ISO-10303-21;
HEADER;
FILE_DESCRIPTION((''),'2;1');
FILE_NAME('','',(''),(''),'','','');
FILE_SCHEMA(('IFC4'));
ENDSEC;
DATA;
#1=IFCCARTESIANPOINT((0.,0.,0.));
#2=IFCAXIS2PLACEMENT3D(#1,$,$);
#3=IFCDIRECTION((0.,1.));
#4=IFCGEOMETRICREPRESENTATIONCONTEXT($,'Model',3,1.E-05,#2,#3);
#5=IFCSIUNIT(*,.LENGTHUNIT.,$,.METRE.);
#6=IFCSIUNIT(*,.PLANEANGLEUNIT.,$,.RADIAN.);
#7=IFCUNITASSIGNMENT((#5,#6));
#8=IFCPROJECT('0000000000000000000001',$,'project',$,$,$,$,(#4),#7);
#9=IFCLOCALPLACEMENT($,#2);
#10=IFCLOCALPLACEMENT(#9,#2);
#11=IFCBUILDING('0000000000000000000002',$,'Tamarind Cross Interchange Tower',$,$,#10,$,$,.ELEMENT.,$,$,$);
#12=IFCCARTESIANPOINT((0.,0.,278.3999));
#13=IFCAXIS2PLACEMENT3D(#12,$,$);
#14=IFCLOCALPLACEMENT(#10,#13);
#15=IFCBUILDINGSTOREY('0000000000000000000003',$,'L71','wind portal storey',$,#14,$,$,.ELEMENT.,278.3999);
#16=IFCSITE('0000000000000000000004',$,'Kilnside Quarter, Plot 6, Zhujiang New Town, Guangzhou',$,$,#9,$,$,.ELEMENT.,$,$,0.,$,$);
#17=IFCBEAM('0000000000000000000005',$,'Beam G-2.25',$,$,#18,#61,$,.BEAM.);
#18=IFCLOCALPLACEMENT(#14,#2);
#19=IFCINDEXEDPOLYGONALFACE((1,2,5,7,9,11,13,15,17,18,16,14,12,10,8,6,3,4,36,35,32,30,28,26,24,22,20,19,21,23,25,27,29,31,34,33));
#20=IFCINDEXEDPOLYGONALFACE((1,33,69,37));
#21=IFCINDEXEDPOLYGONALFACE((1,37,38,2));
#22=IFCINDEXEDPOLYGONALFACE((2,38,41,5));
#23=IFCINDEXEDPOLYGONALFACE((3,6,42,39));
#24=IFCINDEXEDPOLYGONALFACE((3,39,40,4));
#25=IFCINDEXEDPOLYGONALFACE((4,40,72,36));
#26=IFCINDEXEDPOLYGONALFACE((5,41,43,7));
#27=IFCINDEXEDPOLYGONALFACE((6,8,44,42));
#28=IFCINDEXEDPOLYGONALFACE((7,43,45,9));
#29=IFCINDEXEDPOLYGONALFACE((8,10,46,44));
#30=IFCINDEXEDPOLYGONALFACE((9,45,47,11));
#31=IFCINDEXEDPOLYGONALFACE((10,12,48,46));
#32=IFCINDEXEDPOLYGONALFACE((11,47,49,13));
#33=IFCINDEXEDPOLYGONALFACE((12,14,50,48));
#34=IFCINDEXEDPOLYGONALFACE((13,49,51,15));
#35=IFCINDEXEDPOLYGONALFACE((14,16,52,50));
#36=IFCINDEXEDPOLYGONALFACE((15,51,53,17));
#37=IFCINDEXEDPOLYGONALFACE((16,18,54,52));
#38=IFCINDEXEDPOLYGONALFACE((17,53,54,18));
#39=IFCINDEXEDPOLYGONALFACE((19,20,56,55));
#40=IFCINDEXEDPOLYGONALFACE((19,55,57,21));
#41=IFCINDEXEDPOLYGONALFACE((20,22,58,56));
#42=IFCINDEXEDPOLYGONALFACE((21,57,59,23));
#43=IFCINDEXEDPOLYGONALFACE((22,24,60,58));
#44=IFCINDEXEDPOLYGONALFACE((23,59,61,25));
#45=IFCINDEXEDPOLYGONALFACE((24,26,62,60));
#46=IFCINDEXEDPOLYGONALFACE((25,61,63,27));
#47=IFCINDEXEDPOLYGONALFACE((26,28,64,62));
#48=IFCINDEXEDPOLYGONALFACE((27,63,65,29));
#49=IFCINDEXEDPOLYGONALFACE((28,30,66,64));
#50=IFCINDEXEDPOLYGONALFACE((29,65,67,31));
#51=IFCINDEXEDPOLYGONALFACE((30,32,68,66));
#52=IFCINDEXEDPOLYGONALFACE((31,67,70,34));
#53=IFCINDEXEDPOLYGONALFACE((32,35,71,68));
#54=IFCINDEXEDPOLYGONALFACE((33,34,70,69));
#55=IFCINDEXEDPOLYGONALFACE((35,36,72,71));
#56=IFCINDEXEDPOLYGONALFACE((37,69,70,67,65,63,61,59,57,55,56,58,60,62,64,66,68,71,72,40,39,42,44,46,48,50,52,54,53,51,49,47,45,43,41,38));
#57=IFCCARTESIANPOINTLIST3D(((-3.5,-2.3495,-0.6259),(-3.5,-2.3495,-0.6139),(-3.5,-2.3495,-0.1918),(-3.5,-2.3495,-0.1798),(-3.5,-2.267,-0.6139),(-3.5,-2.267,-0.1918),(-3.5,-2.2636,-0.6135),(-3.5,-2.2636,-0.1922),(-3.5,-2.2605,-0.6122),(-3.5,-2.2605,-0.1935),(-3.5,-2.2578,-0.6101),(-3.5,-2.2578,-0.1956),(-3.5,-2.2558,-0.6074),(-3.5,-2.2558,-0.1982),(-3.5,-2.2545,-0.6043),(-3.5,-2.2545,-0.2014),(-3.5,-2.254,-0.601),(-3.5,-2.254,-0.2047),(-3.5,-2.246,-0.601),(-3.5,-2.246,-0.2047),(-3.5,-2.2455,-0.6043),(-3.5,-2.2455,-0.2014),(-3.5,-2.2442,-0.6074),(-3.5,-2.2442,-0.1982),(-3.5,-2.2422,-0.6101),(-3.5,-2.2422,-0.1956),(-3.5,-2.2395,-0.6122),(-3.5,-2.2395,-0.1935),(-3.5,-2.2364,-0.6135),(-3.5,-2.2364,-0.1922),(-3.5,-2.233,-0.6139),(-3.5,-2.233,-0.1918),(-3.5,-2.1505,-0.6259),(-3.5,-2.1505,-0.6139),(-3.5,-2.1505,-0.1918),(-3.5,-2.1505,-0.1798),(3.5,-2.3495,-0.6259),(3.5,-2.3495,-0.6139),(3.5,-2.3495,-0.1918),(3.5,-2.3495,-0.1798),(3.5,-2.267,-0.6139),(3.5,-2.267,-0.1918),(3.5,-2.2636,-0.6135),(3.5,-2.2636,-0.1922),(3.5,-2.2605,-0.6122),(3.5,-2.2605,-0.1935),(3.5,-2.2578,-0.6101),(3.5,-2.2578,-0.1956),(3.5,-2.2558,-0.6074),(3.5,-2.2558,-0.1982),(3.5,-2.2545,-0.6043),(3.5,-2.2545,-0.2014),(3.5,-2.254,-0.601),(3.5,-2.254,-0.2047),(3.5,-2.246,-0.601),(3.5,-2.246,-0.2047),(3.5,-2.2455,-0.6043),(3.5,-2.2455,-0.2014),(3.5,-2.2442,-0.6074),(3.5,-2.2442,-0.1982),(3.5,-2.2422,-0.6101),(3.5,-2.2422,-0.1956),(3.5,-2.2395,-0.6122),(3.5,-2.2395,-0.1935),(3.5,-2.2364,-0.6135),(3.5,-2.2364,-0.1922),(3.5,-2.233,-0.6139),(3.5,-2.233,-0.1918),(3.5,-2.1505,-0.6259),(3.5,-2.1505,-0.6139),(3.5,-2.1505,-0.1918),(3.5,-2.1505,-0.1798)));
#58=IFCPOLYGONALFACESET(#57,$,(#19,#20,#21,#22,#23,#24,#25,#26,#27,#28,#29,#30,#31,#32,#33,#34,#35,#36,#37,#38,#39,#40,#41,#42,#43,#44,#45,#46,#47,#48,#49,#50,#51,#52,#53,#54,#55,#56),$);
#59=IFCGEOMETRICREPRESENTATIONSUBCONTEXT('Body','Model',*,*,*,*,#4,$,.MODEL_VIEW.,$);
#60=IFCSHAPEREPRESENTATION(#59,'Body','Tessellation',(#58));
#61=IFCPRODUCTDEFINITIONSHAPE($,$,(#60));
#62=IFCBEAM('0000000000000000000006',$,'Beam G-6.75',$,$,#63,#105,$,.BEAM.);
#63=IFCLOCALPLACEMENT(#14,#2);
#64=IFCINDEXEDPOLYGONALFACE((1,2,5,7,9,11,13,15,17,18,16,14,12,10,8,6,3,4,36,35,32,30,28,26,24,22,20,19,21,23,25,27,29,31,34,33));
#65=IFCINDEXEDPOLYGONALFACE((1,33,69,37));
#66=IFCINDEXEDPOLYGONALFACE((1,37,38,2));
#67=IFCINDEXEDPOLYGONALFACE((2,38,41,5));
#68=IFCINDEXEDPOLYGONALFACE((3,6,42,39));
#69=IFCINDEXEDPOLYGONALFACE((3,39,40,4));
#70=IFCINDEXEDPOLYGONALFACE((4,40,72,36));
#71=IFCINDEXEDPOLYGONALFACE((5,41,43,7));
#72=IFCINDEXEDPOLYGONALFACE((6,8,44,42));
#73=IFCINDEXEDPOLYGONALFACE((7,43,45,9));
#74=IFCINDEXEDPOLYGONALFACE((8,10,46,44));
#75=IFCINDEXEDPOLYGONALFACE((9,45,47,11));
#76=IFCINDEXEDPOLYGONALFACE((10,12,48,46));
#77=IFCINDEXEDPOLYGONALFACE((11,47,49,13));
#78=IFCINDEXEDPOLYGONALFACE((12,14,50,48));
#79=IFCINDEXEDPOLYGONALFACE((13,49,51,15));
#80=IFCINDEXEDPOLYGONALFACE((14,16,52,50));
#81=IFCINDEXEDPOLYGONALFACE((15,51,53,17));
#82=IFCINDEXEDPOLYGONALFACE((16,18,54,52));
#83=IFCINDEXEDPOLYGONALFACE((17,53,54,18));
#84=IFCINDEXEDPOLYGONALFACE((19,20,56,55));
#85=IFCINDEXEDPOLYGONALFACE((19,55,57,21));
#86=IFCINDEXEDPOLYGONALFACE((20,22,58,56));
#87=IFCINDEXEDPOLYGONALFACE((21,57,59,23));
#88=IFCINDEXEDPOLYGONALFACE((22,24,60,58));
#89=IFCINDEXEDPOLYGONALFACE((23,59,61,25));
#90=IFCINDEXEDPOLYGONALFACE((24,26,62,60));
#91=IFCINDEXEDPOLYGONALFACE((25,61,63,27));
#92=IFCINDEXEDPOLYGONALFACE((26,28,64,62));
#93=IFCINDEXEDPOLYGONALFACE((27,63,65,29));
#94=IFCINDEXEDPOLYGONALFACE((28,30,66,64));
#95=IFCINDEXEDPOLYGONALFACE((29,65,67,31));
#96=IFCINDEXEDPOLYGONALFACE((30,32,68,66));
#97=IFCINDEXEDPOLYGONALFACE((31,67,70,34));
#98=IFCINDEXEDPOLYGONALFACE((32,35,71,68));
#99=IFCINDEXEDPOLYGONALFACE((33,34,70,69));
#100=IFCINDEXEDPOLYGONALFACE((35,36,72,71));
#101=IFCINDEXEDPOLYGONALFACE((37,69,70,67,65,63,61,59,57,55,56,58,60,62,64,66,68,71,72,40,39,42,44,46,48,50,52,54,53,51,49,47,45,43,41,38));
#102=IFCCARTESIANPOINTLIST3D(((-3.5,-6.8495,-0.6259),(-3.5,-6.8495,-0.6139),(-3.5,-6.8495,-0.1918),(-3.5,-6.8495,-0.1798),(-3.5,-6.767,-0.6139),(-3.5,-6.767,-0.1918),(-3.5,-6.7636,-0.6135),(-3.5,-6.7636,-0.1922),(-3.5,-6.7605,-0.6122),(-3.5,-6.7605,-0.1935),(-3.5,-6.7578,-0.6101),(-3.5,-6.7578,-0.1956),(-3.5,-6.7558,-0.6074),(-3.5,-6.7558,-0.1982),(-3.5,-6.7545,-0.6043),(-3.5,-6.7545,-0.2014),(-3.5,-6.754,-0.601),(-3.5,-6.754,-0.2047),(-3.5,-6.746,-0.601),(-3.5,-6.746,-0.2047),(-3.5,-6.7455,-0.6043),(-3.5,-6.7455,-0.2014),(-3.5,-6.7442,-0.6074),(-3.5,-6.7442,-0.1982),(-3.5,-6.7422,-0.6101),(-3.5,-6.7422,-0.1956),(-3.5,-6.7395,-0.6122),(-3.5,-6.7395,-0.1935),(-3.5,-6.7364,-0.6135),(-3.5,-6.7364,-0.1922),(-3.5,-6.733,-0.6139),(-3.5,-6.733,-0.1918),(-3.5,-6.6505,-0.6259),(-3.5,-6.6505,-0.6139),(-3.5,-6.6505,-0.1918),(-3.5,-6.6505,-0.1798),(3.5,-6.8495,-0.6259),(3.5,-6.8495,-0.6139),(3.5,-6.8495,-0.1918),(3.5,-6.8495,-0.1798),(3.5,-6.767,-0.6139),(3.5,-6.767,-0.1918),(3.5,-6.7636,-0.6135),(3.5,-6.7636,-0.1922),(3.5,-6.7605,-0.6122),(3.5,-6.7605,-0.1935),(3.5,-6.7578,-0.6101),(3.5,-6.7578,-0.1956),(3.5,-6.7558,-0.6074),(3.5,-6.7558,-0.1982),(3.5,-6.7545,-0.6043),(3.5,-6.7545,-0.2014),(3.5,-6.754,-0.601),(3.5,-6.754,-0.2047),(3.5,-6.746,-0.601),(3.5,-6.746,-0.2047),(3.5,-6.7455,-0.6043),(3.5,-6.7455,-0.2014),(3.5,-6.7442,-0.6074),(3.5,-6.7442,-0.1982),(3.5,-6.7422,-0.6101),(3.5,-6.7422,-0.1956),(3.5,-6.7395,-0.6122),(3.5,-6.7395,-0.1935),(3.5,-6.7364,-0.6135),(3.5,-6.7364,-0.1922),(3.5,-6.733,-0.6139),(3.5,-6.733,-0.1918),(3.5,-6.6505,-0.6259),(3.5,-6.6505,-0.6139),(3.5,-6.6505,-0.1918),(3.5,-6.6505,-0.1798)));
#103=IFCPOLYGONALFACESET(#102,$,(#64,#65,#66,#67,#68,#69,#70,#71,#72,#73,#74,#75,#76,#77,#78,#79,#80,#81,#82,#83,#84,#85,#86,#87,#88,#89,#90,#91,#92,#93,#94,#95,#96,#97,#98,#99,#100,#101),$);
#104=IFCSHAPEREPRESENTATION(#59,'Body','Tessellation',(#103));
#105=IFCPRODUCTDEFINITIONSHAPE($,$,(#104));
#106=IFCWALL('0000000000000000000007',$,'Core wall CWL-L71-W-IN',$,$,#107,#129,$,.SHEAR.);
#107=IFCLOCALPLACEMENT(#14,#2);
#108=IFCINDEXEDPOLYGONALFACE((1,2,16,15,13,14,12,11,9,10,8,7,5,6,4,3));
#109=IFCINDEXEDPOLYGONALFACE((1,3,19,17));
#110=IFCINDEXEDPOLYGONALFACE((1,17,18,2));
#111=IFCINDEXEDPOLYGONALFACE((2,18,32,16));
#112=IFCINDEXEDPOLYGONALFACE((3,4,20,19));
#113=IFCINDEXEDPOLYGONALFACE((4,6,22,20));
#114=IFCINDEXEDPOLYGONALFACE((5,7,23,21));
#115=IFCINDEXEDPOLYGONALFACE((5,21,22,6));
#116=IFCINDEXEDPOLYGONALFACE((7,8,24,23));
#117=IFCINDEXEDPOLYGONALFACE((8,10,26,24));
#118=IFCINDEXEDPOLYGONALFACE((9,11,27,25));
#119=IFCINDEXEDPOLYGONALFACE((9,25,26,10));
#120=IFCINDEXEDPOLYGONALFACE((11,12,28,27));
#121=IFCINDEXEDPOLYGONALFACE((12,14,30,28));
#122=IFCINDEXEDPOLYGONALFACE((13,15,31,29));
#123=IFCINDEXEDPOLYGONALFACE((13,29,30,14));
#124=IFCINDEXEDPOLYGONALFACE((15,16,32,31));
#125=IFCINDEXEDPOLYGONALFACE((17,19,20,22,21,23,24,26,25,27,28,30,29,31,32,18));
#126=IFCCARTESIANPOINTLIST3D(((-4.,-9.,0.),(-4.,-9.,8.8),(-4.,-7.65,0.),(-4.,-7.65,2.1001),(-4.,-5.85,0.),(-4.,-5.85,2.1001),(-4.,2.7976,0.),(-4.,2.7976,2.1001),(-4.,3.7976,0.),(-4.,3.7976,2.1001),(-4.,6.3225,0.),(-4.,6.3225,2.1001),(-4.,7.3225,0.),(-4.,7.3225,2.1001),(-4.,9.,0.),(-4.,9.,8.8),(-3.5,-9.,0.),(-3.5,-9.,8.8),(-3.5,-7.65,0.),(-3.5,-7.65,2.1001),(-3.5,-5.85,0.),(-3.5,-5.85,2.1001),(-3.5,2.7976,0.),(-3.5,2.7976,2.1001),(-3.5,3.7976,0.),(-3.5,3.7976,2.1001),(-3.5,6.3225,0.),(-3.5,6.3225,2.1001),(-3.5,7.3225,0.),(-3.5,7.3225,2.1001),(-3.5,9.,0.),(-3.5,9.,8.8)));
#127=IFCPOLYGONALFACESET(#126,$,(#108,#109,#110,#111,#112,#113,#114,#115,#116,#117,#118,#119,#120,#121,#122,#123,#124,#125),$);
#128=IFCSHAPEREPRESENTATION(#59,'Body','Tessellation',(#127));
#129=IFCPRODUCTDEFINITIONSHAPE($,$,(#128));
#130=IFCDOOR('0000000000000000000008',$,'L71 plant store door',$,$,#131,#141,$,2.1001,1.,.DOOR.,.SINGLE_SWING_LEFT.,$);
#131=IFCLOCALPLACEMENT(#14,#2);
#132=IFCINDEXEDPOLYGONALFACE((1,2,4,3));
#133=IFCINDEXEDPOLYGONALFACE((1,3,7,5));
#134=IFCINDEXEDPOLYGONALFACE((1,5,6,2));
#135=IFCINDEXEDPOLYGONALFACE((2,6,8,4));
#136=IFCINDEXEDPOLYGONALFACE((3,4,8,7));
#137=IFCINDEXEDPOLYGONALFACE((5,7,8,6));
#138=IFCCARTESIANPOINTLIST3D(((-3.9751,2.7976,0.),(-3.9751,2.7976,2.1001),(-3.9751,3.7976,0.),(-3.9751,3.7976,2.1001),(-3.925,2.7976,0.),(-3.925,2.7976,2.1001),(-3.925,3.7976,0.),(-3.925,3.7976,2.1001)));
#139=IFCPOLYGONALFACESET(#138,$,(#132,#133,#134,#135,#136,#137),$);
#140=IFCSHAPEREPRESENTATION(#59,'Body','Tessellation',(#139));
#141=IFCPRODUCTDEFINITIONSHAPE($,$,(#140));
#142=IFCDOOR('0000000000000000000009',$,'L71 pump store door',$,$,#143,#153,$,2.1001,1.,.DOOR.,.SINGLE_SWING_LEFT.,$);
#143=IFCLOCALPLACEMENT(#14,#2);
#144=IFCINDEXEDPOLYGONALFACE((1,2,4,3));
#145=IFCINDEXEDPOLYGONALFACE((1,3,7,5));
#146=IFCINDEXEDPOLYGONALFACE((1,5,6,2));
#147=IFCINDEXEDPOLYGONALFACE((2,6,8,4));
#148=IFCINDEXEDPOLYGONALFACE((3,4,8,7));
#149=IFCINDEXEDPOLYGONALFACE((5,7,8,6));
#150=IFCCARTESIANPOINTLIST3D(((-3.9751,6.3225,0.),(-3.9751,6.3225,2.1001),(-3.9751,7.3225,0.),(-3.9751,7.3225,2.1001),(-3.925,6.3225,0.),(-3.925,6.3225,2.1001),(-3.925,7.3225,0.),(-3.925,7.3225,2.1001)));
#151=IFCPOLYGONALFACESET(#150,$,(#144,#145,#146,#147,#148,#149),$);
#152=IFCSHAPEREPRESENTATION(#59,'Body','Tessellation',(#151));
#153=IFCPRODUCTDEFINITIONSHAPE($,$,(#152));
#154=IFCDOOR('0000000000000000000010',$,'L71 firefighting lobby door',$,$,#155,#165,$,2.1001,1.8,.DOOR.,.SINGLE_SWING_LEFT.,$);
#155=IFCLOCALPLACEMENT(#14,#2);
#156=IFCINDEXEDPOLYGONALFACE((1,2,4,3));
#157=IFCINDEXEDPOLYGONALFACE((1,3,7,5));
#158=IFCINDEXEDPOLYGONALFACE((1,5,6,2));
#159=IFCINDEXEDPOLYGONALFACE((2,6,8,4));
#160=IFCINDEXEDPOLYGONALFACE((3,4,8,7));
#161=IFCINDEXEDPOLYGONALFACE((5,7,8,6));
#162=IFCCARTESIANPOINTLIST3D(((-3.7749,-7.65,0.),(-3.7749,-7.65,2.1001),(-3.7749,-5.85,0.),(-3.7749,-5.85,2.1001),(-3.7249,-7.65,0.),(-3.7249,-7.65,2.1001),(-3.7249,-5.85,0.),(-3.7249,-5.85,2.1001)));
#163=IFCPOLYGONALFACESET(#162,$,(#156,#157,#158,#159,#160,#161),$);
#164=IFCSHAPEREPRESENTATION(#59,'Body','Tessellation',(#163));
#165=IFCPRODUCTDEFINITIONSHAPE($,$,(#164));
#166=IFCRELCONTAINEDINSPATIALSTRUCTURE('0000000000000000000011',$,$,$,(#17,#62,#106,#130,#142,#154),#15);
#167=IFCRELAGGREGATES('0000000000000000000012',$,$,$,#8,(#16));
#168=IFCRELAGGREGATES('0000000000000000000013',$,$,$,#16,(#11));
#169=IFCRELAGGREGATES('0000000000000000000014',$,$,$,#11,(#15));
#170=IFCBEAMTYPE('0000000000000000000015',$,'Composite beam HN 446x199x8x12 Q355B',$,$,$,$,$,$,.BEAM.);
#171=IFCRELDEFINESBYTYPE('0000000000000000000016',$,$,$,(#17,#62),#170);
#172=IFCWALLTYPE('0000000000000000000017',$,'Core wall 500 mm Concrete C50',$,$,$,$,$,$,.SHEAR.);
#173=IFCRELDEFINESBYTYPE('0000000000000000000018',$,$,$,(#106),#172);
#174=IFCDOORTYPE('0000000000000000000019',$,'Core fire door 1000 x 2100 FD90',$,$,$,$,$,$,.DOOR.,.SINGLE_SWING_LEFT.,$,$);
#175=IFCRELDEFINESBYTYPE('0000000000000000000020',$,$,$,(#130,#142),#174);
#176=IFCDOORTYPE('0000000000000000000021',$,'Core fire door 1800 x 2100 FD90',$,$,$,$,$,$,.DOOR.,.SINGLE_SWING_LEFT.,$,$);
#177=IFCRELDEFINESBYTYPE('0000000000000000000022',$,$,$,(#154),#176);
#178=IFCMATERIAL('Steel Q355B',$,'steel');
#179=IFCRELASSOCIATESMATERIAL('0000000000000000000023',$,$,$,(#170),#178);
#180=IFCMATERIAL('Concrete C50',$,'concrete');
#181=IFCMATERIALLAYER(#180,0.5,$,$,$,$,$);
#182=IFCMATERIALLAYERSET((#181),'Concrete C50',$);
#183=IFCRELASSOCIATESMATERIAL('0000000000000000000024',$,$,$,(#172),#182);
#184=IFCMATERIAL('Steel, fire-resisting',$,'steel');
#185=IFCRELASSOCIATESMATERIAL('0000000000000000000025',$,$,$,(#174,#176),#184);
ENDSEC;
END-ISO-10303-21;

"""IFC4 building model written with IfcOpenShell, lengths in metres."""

from ifc_helpers import new_model, si_unit, direction, frame, frame_2d, origin, origin_2d, place, context, subcontext, project, spatial, rectangle, i_section, extrude, material, layer, layer_set, material_profile, profile_set, type_object, element, fill, save


model = new_model("IFC4")

# Units and contexts
model_context = context("Model", 3, precision=1e-05, world=origin(), true_north=direction((0.0, 1.0)))
body_context = subcontext(model_context, "Body", "Model", "MODEL_VIEW")
ifc_project = project(units=[si_unit("LENGTHUNIT", "METRE"), si_unit("PLANEANGLEUNIT", "RADIAN")], contexts=[model_context])

# Site, building, storey
site_placement = place(None, origin())
site = spatial("IfcSite", under=ifc_project, at=site_placement, Name="Kilnside Quarter, Plot 6, Zhujiang New Town, Guangzhou", CompositionType="ELEMENT", RefElevation=0.0)
building_placement = place(site_placement, origin())
building = spatial("IfcBuilding", under=site, at=building_placement, Name="Tamarind Cross Interchange Tower", CompositionType="ELEMENT")
storey_placement = place(building_placement, frame((0.0, 0.0, 278.3999)))
storey = spatial("IfcBuildingStorey", under=building, at=storey_placement, Name="L71", Description="wind portal storey", CompositionType="ELEMENT", Elevation=278.3999)

# Beams
ifc_material_1 = material(Name="Steel Q355B", Category="steel")
ifc_material_profile = material_profile(ifc_material_1, i_section(OverallWidth=0.199, OverallDepth=0.446, WebThickness=0.0081, FlangeThickness=0.012, FilletRadius=0.0129, at=origin_2d()), Name="HN 446x199x8x12")
ifc_profile_set = profile_set([ifc_material_profile], Name="Steel Q355B")
beam_type = type_object("IfcBeamType", Name="Composite beam HN 446x199x8x12 Q355B", PredefinedType="BEAM", material=ifc_profile_set)
for number, where, z_axis, x_axis, name in (
    (1, (-3.5, -2.25, -0.4028), (1.0, 0.0, 0.0), (0.0, 1.0, 0.0), "Beam G-2.25"),
    (2, (-3.5, -6.75, -0.4028), (1.0, 0.0, 0.0), (0.0, 1.0, 0.0), "Beam G-6.75"),
):
    element("IfcBeam", number, at=place(storey_placement, frame(where, z_axis=z_axis, x_axis=x_axis)), inside=storey, type_object=beam_type, Name=name, PredefinedType="BEAM", context=body_context, shape_type="SweptSolid", body=[
        extrude(i_section(OverallWidth=0.199, OverallDepth=0.446, WebThickness=0.0081, FlangeThickness=0.012, FilletRadius=0.0129, at=origin_2d()), origin(), (0.0, 0.0, 1.0), 7.0),
    ])

# Wall, openings, doors
ifc_material_2 = material(Name="Concrete C50", Category="concrete")
ifc_layer_1 = layer(ifc_material_2, 0.5)
ifc_layer_set_1 = layer_set([ifc_layer_1], Name="Concrete C50")
wall_type_1 = type_object("IfcWallType", Name="Core wall 500 mm Concrete C50", PredefinedType="SHEAR", material=ifc_layer_set_1)
wall_1_placement = place(storey_placement, frame((-3.75, -9.0, 0.0), z_axis=(0.0, 0.0, 1.0), x_axis=(0.0, 1.0, 0.0)))
wall_1 = element("IfcWall", 3, at=wall_1_placement, inside=storey, type_object=wall_type_1, Name="Core wall CWL-L71-W-IN", PredefinedType="SHEAR", context=body_context, shape_type="SweptSolid", body=[
    extrude(rectangle(XDim=18.0, YDim=0.5, at=frame_2d((9.0, 0.0))), origin(), (0.0, 0.0, 1.0), 8.8),
])
opening_1_placement = place(wall_1_placement, frame((1.3501, 0.0, 0.0)))
opening_1 = element("IfcOpeningElement", 4, at=opening_1_placement, cuts=wall_1, PredefinedType="OPENING", context=body_context, shape_type="SweptSolid", body=[
    extrude(rectangle(XDim=1.8, YDim=2.1001, at=frame_2d((0.8999, 1.05))), frame((0.0, 0.26, 0.0), z_axis=(0.0, -1.0, 0.0), x_axis=(1.0, 0.0, 0.0)), (0.0, 0.0, 1.0), 0.52),
])
opening_2_placement = place(wall_1_placement, frame((11.7976, 0.0, 0.0)))
opening_2 = element("IfcOpeningElement", 5, at=opening_2_placement, cuts=wall_1, PredefinedType="OPENING", context=body_context, shape_type="SweptSolid", body=[
    extrude(rectangle(XDim=1.0, YDim=2.1001, at=frame_2d((0.5, 1.05))), frame((0.0, 0.26, 0.0), z_axis=(0.0, -1.0, 0.0), x_axis=(1.0, 0.0, 0.0)), (0.0, 0.0, 1.0), 0.52),
])
opening_3_placement = place(wall_1_placement, frame((15.3225, 0.0, 0.0)))
opening_3 = element("IfcOpeningElement", 6, at=opening_3_placement, cuts=wall_1, PredefinedType="OPENING", context=body_context, shape_type="SweptSolid", body=[
    extrude(rectangle(XDim=1.0, YDim=2.1001, at=frame_2d((0.5, 1.05))), frame((0.0, 0.26, 0.0), z_axis=(0.0, -1.0, 0.0), x_axis=(1.0, 0.0, 0.0)), (0.0, 0.0, 1.0), 0.52),
])
ifc_material_3 = material(Name="Steel, fire-resisting", Category="steel")
door_type_1 = type_object("IfcDoorType", Name="Core fire door 1000 x 2100 FD90", OperationType="SINGLE_SWING_LEFT", PredefinedType="DOOR", material=ifc_material_3)
door_1_placement = place(opening_2_placement, origin())
door_1 = element("IfcDoor", 7, at=door_1_placement, inside=storey, type_object=door_type_1, Name="L71 plant store door", OperationType="SINGLE_SWING_LEFT", OverallHeight=2.1001, OverallWidth=1.0, PredefinedType="DOOR", context=body_context, shape_type="SweptSolid", body=[
    extrude(rectangle(XDim=1.0, YDim=2.1001, at=frame_2d((0.5, 1.05))), frame((0.0, 0.2251, 0.0), z_axis=(0.0, -1.0, 0.0), x_axis=(1.0, 0.0, 0.0)), (0.0, 0.0, 1.0), 0.05),
])
fill(opening_2, door_1)
door_2_placement = place(opening_3_placement, origin())
door_2 = element("IfcDoor", 8, at=door_2_placement, inside=storey, type_object=door_type_1, Name="L71 pump store door", OperationType="SINGLE_SWING_LEFT", OverallHeight=2.1001, OverallWidth=1.0, PredefinedType="DOOR", context=body_context, shape_type="SweptSolid", body=[
    extrude(rectangle(XDim=1.0, YDim=2.1001, at=frame_2d((0.5, 1.05))), frame((0.0, 0.2251, 0.0), z_axis=(0.0, -1.0, 0.0), x_axis=(1.0, 0.0, 0.0)), (0.0, 0.0, 1.0), 0.05),
])
fill(opening_3, door_2)
door_type_2 = type_object("IfcDoorType", Name="Core fire door 1800 x 2100 FD90", OperationType="SINGLE_SWING_LEFT", PredefinedType="DOOR", material=ifc_material_3)
door_3_placement = place(opening_1_placement, origin())
door_3 = element("IfcDoor", 9, at=door_3_placement, inside=storey, type_object=door_type_2, Name="L71 firefighting lobby door", OperationType="SINGLE_SWING_LEFT", OverallHeight=2.1001, OverallWidth=1.8, PredefinedType="DOOR", context=body_context, shape_type="SweptSolid", body=[
    extrude(rectangle(XDim=1.8, YDim=2.1001, at=frame_2d((0.8999, 1.05))), frame((0.0, 0.0249, 0.0), z_axis=(0.0, -1.0, 0.0), x_axis=(1.0, 0.0, 0.0)), (0.0, 0.0, 1.0), 0.05),
])
fill(opening_1, door_3)

save(model, "model.ifc")
